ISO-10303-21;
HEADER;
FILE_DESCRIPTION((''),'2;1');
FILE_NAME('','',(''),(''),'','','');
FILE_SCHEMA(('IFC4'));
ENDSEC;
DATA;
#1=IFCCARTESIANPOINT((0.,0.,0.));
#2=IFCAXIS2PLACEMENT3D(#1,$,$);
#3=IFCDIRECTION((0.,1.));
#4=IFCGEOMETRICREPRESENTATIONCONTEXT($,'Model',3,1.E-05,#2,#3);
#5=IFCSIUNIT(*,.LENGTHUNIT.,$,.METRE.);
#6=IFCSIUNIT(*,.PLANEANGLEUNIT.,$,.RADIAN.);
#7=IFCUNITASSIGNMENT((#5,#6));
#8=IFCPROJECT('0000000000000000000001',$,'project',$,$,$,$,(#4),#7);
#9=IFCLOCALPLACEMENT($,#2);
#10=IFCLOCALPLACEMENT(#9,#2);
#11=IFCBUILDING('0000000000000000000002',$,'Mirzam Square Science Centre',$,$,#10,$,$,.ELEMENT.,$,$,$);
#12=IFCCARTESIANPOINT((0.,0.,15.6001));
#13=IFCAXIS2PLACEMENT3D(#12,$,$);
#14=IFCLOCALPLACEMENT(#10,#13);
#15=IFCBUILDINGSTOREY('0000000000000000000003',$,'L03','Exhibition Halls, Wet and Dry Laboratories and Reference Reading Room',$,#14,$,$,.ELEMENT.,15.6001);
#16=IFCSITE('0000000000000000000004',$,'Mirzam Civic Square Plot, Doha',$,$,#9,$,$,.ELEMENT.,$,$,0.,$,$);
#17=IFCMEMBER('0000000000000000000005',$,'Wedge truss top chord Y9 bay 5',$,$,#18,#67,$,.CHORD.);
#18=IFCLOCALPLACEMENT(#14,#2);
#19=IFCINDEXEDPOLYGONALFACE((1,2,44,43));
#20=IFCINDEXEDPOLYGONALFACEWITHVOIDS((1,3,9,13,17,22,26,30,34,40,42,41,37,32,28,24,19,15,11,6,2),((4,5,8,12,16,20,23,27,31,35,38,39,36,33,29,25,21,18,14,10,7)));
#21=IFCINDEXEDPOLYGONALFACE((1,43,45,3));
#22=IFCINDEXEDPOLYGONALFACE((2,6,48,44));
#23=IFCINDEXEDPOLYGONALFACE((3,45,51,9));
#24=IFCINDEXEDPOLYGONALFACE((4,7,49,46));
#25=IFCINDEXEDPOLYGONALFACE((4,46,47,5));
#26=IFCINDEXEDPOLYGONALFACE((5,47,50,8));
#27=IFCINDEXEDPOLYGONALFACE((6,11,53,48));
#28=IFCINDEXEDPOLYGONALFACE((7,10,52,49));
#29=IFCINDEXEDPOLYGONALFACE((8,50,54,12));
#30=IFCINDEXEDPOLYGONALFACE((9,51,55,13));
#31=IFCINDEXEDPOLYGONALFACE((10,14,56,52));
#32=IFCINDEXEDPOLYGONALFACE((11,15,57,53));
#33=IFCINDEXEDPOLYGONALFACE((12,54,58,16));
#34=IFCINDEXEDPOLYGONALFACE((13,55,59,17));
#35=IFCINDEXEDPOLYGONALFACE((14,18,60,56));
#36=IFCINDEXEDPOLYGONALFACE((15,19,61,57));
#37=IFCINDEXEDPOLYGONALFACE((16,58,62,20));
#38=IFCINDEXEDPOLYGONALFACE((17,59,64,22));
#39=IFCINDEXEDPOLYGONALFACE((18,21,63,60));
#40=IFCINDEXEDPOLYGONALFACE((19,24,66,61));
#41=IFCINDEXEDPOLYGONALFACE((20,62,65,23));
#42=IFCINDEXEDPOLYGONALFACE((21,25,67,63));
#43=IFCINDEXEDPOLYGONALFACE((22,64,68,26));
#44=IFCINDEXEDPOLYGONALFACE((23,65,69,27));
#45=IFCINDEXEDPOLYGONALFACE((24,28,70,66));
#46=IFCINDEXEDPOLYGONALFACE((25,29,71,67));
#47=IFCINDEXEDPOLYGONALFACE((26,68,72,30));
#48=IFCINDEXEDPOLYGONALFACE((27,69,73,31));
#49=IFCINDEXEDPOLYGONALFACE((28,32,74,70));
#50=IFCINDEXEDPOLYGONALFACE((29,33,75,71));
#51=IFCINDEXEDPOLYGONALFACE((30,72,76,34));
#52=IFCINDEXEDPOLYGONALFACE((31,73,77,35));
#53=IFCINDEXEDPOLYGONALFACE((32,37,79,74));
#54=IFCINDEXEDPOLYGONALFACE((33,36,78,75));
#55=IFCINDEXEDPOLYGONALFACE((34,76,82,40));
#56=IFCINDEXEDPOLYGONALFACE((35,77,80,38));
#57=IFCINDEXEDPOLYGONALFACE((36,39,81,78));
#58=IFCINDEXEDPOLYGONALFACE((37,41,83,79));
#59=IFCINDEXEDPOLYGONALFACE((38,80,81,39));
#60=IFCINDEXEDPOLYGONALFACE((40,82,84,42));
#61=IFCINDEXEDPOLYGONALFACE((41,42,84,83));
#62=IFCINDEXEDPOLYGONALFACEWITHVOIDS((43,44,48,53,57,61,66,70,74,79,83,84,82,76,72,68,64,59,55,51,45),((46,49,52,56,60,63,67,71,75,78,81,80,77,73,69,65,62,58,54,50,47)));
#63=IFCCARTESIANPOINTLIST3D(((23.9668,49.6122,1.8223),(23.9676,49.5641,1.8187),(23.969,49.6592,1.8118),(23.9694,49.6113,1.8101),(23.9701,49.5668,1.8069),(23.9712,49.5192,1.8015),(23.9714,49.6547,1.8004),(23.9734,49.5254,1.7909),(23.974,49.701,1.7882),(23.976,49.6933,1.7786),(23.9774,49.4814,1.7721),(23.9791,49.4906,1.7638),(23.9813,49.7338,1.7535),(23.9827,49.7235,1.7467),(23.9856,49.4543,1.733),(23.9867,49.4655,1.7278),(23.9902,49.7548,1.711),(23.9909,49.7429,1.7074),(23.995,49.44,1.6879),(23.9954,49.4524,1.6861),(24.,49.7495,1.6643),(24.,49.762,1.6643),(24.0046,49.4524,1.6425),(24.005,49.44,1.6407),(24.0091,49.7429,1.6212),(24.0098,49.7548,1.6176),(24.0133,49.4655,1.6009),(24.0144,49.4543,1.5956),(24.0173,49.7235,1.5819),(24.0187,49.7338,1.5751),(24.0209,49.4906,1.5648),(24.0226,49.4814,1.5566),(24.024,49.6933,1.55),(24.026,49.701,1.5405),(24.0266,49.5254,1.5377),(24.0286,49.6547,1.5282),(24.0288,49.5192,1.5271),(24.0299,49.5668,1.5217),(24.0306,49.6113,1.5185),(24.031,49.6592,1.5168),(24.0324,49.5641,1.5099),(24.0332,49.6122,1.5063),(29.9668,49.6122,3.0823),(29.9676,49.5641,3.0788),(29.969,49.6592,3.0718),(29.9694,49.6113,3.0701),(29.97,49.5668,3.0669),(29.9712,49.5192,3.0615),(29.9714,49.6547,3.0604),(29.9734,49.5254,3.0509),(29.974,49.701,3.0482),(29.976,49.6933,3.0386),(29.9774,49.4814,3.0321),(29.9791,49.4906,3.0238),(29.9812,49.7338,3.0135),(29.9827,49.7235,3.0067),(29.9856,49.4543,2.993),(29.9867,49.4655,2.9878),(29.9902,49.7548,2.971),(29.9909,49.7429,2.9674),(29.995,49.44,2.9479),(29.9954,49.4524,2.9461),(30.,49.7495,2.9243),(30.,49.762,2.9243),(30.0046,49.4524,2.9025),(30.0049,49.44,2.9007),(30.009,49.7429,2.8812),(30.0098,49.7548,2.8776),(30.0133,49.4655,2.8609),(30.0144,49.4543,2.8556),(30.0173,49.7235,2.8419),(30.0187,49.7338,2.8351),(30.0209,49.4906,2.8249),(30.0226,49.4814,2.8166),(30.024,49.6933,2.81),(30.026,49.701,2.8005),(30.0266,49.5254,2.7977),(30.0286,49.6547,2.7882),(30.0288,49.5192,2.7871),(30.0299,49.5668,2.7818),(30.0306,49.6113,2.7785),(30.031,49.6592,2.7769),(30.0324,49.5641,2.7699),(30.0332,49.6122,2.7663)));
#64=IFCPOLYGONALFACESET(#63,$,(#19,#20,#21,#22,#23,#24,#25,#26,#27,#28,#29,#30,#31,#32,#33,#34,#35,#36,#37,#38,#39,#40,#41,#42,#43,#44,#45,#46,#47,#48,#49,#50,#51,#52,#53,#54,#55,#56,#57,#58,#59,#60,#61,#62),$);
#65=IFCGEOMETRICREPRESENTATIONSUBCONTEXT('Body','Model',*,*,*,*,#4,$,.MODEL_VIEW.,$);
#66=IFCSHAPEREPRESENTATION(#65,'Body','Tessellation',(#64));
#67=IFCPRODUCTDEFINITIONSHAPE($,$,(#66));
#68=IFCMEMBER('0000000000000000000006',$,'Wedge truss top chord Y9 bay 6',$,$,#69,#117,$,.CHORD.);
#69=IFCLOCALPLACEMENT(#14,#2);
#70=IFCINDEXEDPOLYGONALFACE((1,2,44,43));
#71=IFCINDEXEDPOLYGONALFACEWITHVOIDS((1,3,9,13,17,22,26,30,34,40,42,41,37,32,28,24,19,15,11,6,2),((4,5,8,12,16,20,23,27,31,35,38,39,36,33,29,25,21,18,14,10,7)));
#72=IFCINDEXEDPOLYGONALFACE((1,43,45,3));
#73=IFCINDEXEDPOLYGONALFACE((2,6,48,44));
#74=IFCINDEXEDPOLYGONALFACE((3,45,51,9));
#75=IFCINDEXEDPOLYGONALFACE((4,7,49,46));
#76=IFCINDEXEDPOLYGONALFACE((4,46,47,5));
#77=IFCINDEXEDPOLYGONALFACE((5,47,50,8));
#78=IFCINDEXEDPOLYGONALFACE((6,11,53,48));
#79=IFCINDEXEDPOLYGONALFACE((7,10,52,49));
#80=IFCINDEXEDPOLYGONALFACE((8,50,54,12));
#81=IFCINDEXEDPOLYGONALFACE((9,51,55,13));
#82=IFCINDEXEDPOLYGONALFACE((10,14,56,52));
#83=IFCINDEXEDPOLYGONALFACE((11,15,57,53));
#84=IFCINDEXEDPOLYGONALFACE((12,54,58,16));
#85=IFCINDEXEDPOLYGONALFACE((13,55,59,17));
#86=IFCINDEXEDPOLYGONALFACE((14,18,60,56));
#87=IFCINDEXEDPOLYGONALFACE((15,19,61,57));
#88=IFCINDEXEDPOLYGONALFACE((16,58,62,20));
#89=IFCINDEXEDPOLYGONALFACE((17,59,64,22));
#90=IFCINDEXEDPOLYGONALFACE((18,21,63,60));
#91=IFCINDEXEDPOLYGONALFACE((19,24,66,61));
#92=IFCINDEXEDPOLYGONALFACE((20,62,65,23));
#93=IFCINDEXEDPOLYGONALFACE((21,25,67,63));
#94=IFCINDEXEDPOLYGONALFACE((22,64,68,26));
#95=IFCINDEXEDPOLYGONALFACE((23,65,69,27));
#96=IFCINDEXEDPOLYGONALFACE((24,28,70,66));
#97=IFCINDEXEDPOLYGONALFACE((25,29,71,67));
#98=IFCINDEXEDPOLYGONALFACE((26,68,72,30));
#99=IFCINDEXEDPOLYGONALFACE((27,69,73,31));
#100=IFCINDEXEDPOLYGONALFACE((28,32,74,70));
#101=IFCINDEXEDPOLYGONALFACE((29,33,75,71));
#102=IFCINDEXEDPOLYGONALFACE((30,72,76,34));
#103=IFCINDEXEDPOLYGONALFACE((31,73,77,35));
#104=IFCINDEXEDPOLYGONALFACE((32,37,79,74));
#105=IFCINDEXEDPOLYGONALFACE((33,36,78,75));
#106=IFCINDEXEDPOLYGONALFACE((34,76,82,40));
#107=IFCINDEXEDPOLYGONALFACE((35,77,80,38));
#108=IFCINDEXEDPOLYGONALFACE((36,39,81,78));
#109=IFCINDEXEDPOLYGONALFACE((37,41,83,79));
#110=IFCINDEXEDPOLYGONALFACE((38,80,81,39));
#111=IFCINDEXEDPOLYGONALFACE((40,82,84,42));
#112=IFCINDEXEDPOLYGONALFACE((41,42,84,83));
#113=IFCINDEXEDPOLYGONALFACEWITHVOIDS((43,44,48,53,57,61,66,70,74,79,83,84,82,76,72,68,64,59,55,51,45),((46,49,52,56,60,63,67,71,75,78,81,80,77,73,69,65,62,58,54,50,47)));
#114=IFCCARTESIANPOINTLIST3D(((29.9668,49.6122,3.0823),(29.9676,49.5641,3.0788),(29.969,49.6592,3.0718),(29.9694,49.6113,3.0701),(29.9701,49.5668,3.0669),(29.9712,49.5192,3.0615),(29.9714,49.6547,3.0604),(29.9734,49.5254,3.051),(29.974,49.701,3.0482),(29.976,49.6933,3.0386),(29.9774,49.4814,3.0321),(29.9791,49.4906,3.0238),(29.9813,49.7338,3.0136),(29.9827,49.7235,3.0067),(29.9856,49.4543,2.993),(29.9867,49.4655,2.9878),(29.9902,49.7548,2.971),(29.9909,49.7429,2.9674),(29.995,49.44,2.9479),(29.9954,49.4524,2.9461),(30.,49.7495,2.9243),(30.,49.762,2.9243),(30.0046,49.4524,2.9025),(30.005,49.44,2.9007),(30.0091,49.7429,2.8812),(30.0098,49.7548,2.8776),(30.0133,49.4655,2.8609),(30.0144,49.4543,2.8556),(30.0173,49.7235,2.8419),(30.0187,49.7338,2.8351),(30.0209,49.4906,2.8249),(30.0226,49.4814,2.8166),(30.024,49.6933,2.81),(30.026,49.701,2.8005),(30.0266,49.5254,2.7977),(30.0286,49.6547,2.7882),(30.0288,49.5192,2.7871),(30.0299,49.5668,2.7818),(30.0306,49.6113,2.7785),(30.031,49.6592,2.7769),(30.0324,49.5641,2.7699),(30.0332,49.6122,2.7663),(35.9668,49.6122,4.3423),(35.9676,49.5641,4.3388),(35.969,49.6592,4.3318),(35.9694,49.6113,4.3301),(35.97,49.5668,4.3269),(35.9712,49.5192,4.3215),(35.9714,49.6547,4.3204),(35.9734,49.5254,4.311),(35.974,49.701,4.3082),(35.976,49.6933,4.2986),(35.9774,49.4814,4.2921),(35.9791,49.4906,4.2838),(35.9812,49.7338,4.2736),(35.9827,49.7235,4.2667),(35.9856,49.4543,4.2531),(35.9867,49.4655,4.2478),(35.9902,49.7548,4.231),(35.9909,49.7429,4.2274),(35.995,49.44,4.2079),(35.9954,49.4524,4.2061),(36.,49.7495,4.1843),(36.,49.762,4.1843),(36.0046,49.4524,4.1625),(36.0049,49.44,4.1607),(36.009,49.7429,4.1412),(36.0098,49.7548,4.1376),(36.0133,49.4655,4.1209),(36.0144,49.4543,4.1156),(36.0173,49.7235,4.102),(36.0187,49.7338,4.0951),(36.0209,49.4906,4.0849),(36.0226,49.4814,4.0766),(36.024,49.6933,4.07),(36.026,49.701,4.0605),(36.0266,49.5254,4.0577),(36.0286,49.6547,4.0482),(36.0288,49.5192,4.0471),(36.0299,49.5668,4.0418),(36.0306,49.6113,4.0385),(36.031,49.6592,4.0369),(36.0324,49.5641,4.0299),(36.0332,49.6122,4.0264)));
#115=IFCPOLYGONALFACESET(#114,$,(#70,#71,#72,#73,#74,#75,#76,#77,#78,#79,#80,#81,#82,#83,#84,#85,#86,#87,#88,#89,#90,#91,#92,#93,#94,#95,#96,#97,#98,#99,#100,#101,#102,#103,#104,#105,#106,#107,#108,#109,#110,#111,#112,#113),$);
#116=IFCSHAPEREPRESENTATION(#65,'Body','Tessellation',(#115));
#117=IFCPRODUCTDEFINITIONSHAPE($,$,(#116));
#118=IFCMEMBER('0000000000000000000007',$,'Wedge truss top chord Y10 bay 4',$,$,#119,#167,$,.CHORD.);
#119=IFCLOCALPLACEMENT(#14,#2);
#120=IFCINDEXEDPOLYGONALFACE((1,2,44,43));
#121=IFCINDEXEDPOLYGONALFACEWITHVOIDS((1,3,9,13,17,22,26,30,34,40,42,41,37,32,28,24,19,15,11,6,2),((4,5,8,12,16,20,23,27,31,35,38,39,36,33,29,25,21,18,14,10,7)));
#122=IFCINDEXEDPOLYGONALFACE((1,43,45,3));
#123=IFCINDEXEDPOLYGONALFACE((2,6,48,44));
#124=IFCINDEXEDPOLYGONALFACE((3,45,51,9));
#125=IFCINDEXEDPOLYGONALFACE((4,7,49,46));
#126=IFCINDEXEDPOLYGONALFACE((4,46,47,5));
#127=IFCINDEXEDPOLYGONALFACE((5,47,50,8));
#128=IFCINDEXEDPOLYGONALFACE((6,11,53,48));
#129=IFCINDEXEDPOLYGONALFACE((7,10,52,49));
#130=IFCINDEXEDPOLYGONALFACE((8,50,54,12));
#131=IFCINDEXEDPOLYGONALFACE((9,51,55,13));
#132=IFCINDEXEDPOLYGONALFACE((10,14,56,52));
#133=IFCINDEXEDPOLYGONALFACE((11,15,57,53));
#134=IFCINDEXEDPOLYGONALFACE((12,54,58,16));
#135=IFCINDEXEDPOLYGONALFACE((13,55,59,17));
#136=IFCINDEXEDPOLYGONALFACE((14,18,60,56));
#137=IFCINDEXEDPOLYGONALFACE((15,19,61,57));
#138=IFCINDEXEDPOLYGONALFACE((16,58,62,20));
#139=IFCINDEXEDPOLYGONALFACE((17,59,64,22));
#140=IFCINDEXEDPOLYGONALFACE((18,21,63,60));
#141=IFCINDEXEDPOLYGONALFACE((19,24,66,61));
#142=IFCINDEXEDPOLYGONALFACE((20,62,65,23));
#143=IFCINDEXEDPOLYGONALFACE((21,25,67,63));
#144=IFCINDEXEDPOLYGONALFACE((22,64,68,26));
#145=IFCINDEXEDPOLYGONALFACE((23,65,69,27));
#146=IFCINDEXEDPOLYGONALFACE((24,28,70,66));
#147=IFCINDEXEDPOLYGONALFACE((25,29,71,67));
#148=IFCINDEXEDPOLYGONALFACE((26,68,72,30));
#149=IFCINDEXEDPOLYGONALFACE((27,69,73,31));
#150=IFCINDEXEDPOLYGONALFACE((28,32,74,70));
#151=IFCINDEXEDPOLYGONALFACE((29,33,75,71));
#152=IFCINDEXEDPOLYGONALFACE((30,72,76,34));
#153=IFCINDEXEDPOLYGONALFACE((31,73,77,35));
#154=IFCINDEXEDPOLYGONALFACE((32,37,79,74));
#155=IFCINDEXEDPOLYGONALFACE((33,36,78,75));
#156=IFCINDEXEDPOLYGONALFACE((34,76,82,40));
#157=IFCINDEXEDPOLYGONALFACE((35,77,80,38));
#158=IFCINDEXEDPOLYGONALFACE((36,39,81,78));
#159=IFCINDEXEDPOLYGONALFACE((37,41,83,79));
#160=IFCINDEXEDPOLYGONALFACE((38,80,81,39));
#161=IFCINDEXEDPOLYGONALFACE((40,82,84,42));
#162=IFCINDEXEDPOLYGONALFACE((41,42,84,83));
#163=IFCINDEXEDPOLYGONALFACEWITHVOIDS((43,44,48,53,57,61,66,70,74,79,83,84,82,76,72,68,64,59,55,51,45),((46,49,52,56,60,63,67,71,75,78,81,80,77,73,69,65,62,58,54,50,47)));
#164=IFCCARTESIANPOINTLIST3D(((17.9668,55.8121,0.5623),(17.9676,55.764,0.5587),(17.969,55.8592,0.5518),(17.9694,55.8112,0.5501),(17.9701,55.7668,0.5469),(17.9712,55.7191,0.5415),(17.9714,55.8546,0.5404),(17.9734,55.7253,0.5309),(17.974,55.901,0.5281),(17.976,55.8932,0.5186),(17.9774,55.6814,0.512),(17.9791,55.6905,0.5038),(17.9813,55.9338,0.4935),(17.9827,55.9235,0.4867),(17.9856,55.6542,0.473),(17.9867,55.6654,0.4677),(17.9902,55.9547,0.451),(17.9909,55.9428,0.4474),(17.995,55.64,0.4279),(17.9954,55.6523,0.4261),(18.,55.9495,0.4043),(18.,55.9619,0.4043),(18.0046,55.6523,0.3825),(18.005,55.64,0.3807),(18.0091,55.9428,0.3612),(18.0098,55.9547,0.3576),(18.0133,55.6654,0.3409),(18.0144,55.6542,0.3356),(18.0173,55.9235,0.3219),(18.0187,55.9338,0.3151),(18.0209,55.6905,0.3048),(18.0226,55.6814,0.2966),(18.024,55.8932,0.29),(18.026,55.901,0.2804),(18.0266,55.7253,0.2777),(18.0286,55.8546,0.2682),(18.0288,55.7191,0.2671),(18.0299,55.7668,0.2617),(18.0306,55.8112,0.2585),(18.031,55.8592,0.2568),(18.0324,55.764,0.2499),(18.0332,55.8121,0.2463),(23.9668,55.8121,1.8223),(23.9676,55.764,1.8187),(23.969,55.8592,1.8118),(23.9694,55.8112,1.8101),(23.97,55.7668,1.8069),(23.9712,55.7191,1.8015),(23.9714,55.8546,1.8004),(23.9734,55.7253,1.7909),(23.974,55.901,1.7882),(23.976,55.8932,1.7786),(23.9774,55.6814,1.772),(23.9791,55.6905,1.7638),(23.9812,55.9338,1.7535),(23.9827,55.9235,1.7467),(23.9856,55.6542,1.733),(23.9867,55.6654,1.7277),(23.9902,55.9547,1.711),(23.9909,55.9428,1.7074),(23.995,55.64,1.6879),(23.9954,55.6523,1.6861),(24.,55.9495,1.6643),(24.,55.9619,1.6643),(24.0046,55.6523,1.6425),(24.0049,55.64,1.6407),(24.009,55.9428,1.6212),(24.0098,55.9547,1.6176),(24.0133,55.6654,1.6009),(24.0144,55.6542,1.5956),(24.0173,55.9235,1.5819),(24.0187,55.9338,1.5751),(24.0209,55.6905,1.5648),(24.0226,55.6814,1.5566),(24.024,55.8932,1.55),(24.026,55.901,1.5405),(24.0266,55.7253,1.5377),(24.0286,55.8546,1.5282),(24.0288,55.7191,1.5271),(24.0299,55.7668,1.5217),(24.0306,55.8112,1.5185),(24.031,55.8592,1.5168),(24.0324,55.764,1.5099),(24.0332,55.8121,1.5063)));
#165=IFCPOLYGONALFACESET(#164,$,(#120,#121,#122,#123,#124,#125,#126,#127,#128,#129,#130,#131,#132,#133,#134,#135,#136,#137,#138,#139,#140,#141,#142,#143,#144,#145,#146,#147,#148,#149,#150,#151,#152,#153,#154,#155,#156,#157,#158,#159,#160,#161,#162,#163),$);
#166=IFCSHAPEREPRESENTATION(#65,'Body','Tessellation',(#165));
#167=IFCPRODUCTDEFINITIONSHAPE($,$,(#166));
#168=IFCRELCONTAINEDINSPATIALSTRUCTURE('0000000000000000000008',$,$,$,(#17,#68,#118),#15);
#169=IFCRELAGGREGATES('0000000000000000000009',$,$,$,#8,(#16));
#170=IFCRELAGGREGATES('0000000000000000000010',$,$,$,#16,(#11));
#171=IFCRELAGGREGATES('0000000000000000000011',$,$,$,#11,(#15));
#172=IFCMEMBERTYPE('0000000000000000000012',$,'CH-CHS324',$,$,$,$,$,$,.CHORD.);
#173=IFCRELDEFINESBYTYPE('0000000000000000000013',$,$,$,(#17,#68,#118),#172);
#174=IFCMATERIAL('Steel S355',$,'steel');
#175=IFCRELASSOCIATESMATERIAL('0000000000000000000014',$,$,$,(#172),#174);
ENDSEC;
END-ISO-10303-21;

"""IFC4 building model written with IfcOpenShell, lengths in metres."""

from ifc_helpers import new_model, si_unit, direction, frame, origin, origin_2d, place, context, subcontext, project, spatial, hollow_circle, extrude, material, material_profile, profile_set, type_object, element, save


model = new_model("IFC4")

# Units and contexts
model_context = context("Model", 3, precision=1e-05, world=origin(), true_north=direction((0.0, 1.0)))
body_context = subcontext(model_context, "Body", "Model", "MODEL_VIEW")
ifc_project = project(units=[si_unit("LENGTHUNIT", "METRE"), si_unit("PLANEANGLEUNIT", "RADIAN")], contexts=[model_context])

# Site, building, storey
site_placement = place(None, origin())
site = spatial("IfcSite", under=ifc_project, at=site_placement, Name="Mirzam Civic Square Plot, Doha", CompositionType="ELEMENT", RefElevation=0.0)
building_placement = place(site_placement, origin())
building = spatial("IfcBuilding", under=site, at=building_placement, Name="Mirzam Square Science Centre", CompositionType="ELEMENT")
storey_placement = place(building_placement, frame((0.0, 0.0, 15.6001)))
storey = spatial("IfcBuildingStorey", under=building, at=storey_placement, Name="L03", Description="Exhibition Halls, Wet and Dry Laboratories and Reference Reading Room", CompositionType="ELEMENT", Elevation=15.6001)

# Members
ifc_material = material(Name="Steel S355", Category="steel")
ifc_material_profile_1 = material_profile(ifc_material, hollow_circle(Radius=0.1619, WallThickness=0.0125, at=origin_2d()), Name="323.9x12.5CHS")
ifc_profile_set_1 = profile_set([ifc_material_profile_1], Name="Steel S355")
member_type_1 = type_object("IfcMemberType", Name="CH-CHS324", PredefinedType="CHORD", material=ifc_profile_set_1)
for number, where, z_axis, x_axis, name in (
    (1, (24.0, 49.6001, 1.6643), (0.978653, 0.0, 0.205519), (0.0, 1.0, 0.0), "Wedge truss top chord Y9 bay 5"),
    (2, (30.0, 49.6001, 2.9243), (0.978653, 0.0, 0.205519), (0.0, 1.0, 0.0), "Wedge truss top chord Y9 bay 6"),
    (3, (18.0, 55.8, 0.4043), (0.978653, 0.0, 0.205519), (0.0, 1.0, 0.0), "Wedge truss top chord Y10 bay 4"),
):
    element("IfcMember", number, at=place(storey_placement, frame(where, z_axis=z_axis, x_axis=x_axis)), inside=storey, type_object=member_type_1, Name=name, PredefinedType="CHORD", context=body_context, shape_type="SweptSolid", body=[
        extrude(hollow_circle(Radius=0.1619, WallThickness=0.0125, at=origin_2d()), origin(), (0.0, 0.0, 1.0), 6.1309),
    ])

save(model, "model.ifc")
